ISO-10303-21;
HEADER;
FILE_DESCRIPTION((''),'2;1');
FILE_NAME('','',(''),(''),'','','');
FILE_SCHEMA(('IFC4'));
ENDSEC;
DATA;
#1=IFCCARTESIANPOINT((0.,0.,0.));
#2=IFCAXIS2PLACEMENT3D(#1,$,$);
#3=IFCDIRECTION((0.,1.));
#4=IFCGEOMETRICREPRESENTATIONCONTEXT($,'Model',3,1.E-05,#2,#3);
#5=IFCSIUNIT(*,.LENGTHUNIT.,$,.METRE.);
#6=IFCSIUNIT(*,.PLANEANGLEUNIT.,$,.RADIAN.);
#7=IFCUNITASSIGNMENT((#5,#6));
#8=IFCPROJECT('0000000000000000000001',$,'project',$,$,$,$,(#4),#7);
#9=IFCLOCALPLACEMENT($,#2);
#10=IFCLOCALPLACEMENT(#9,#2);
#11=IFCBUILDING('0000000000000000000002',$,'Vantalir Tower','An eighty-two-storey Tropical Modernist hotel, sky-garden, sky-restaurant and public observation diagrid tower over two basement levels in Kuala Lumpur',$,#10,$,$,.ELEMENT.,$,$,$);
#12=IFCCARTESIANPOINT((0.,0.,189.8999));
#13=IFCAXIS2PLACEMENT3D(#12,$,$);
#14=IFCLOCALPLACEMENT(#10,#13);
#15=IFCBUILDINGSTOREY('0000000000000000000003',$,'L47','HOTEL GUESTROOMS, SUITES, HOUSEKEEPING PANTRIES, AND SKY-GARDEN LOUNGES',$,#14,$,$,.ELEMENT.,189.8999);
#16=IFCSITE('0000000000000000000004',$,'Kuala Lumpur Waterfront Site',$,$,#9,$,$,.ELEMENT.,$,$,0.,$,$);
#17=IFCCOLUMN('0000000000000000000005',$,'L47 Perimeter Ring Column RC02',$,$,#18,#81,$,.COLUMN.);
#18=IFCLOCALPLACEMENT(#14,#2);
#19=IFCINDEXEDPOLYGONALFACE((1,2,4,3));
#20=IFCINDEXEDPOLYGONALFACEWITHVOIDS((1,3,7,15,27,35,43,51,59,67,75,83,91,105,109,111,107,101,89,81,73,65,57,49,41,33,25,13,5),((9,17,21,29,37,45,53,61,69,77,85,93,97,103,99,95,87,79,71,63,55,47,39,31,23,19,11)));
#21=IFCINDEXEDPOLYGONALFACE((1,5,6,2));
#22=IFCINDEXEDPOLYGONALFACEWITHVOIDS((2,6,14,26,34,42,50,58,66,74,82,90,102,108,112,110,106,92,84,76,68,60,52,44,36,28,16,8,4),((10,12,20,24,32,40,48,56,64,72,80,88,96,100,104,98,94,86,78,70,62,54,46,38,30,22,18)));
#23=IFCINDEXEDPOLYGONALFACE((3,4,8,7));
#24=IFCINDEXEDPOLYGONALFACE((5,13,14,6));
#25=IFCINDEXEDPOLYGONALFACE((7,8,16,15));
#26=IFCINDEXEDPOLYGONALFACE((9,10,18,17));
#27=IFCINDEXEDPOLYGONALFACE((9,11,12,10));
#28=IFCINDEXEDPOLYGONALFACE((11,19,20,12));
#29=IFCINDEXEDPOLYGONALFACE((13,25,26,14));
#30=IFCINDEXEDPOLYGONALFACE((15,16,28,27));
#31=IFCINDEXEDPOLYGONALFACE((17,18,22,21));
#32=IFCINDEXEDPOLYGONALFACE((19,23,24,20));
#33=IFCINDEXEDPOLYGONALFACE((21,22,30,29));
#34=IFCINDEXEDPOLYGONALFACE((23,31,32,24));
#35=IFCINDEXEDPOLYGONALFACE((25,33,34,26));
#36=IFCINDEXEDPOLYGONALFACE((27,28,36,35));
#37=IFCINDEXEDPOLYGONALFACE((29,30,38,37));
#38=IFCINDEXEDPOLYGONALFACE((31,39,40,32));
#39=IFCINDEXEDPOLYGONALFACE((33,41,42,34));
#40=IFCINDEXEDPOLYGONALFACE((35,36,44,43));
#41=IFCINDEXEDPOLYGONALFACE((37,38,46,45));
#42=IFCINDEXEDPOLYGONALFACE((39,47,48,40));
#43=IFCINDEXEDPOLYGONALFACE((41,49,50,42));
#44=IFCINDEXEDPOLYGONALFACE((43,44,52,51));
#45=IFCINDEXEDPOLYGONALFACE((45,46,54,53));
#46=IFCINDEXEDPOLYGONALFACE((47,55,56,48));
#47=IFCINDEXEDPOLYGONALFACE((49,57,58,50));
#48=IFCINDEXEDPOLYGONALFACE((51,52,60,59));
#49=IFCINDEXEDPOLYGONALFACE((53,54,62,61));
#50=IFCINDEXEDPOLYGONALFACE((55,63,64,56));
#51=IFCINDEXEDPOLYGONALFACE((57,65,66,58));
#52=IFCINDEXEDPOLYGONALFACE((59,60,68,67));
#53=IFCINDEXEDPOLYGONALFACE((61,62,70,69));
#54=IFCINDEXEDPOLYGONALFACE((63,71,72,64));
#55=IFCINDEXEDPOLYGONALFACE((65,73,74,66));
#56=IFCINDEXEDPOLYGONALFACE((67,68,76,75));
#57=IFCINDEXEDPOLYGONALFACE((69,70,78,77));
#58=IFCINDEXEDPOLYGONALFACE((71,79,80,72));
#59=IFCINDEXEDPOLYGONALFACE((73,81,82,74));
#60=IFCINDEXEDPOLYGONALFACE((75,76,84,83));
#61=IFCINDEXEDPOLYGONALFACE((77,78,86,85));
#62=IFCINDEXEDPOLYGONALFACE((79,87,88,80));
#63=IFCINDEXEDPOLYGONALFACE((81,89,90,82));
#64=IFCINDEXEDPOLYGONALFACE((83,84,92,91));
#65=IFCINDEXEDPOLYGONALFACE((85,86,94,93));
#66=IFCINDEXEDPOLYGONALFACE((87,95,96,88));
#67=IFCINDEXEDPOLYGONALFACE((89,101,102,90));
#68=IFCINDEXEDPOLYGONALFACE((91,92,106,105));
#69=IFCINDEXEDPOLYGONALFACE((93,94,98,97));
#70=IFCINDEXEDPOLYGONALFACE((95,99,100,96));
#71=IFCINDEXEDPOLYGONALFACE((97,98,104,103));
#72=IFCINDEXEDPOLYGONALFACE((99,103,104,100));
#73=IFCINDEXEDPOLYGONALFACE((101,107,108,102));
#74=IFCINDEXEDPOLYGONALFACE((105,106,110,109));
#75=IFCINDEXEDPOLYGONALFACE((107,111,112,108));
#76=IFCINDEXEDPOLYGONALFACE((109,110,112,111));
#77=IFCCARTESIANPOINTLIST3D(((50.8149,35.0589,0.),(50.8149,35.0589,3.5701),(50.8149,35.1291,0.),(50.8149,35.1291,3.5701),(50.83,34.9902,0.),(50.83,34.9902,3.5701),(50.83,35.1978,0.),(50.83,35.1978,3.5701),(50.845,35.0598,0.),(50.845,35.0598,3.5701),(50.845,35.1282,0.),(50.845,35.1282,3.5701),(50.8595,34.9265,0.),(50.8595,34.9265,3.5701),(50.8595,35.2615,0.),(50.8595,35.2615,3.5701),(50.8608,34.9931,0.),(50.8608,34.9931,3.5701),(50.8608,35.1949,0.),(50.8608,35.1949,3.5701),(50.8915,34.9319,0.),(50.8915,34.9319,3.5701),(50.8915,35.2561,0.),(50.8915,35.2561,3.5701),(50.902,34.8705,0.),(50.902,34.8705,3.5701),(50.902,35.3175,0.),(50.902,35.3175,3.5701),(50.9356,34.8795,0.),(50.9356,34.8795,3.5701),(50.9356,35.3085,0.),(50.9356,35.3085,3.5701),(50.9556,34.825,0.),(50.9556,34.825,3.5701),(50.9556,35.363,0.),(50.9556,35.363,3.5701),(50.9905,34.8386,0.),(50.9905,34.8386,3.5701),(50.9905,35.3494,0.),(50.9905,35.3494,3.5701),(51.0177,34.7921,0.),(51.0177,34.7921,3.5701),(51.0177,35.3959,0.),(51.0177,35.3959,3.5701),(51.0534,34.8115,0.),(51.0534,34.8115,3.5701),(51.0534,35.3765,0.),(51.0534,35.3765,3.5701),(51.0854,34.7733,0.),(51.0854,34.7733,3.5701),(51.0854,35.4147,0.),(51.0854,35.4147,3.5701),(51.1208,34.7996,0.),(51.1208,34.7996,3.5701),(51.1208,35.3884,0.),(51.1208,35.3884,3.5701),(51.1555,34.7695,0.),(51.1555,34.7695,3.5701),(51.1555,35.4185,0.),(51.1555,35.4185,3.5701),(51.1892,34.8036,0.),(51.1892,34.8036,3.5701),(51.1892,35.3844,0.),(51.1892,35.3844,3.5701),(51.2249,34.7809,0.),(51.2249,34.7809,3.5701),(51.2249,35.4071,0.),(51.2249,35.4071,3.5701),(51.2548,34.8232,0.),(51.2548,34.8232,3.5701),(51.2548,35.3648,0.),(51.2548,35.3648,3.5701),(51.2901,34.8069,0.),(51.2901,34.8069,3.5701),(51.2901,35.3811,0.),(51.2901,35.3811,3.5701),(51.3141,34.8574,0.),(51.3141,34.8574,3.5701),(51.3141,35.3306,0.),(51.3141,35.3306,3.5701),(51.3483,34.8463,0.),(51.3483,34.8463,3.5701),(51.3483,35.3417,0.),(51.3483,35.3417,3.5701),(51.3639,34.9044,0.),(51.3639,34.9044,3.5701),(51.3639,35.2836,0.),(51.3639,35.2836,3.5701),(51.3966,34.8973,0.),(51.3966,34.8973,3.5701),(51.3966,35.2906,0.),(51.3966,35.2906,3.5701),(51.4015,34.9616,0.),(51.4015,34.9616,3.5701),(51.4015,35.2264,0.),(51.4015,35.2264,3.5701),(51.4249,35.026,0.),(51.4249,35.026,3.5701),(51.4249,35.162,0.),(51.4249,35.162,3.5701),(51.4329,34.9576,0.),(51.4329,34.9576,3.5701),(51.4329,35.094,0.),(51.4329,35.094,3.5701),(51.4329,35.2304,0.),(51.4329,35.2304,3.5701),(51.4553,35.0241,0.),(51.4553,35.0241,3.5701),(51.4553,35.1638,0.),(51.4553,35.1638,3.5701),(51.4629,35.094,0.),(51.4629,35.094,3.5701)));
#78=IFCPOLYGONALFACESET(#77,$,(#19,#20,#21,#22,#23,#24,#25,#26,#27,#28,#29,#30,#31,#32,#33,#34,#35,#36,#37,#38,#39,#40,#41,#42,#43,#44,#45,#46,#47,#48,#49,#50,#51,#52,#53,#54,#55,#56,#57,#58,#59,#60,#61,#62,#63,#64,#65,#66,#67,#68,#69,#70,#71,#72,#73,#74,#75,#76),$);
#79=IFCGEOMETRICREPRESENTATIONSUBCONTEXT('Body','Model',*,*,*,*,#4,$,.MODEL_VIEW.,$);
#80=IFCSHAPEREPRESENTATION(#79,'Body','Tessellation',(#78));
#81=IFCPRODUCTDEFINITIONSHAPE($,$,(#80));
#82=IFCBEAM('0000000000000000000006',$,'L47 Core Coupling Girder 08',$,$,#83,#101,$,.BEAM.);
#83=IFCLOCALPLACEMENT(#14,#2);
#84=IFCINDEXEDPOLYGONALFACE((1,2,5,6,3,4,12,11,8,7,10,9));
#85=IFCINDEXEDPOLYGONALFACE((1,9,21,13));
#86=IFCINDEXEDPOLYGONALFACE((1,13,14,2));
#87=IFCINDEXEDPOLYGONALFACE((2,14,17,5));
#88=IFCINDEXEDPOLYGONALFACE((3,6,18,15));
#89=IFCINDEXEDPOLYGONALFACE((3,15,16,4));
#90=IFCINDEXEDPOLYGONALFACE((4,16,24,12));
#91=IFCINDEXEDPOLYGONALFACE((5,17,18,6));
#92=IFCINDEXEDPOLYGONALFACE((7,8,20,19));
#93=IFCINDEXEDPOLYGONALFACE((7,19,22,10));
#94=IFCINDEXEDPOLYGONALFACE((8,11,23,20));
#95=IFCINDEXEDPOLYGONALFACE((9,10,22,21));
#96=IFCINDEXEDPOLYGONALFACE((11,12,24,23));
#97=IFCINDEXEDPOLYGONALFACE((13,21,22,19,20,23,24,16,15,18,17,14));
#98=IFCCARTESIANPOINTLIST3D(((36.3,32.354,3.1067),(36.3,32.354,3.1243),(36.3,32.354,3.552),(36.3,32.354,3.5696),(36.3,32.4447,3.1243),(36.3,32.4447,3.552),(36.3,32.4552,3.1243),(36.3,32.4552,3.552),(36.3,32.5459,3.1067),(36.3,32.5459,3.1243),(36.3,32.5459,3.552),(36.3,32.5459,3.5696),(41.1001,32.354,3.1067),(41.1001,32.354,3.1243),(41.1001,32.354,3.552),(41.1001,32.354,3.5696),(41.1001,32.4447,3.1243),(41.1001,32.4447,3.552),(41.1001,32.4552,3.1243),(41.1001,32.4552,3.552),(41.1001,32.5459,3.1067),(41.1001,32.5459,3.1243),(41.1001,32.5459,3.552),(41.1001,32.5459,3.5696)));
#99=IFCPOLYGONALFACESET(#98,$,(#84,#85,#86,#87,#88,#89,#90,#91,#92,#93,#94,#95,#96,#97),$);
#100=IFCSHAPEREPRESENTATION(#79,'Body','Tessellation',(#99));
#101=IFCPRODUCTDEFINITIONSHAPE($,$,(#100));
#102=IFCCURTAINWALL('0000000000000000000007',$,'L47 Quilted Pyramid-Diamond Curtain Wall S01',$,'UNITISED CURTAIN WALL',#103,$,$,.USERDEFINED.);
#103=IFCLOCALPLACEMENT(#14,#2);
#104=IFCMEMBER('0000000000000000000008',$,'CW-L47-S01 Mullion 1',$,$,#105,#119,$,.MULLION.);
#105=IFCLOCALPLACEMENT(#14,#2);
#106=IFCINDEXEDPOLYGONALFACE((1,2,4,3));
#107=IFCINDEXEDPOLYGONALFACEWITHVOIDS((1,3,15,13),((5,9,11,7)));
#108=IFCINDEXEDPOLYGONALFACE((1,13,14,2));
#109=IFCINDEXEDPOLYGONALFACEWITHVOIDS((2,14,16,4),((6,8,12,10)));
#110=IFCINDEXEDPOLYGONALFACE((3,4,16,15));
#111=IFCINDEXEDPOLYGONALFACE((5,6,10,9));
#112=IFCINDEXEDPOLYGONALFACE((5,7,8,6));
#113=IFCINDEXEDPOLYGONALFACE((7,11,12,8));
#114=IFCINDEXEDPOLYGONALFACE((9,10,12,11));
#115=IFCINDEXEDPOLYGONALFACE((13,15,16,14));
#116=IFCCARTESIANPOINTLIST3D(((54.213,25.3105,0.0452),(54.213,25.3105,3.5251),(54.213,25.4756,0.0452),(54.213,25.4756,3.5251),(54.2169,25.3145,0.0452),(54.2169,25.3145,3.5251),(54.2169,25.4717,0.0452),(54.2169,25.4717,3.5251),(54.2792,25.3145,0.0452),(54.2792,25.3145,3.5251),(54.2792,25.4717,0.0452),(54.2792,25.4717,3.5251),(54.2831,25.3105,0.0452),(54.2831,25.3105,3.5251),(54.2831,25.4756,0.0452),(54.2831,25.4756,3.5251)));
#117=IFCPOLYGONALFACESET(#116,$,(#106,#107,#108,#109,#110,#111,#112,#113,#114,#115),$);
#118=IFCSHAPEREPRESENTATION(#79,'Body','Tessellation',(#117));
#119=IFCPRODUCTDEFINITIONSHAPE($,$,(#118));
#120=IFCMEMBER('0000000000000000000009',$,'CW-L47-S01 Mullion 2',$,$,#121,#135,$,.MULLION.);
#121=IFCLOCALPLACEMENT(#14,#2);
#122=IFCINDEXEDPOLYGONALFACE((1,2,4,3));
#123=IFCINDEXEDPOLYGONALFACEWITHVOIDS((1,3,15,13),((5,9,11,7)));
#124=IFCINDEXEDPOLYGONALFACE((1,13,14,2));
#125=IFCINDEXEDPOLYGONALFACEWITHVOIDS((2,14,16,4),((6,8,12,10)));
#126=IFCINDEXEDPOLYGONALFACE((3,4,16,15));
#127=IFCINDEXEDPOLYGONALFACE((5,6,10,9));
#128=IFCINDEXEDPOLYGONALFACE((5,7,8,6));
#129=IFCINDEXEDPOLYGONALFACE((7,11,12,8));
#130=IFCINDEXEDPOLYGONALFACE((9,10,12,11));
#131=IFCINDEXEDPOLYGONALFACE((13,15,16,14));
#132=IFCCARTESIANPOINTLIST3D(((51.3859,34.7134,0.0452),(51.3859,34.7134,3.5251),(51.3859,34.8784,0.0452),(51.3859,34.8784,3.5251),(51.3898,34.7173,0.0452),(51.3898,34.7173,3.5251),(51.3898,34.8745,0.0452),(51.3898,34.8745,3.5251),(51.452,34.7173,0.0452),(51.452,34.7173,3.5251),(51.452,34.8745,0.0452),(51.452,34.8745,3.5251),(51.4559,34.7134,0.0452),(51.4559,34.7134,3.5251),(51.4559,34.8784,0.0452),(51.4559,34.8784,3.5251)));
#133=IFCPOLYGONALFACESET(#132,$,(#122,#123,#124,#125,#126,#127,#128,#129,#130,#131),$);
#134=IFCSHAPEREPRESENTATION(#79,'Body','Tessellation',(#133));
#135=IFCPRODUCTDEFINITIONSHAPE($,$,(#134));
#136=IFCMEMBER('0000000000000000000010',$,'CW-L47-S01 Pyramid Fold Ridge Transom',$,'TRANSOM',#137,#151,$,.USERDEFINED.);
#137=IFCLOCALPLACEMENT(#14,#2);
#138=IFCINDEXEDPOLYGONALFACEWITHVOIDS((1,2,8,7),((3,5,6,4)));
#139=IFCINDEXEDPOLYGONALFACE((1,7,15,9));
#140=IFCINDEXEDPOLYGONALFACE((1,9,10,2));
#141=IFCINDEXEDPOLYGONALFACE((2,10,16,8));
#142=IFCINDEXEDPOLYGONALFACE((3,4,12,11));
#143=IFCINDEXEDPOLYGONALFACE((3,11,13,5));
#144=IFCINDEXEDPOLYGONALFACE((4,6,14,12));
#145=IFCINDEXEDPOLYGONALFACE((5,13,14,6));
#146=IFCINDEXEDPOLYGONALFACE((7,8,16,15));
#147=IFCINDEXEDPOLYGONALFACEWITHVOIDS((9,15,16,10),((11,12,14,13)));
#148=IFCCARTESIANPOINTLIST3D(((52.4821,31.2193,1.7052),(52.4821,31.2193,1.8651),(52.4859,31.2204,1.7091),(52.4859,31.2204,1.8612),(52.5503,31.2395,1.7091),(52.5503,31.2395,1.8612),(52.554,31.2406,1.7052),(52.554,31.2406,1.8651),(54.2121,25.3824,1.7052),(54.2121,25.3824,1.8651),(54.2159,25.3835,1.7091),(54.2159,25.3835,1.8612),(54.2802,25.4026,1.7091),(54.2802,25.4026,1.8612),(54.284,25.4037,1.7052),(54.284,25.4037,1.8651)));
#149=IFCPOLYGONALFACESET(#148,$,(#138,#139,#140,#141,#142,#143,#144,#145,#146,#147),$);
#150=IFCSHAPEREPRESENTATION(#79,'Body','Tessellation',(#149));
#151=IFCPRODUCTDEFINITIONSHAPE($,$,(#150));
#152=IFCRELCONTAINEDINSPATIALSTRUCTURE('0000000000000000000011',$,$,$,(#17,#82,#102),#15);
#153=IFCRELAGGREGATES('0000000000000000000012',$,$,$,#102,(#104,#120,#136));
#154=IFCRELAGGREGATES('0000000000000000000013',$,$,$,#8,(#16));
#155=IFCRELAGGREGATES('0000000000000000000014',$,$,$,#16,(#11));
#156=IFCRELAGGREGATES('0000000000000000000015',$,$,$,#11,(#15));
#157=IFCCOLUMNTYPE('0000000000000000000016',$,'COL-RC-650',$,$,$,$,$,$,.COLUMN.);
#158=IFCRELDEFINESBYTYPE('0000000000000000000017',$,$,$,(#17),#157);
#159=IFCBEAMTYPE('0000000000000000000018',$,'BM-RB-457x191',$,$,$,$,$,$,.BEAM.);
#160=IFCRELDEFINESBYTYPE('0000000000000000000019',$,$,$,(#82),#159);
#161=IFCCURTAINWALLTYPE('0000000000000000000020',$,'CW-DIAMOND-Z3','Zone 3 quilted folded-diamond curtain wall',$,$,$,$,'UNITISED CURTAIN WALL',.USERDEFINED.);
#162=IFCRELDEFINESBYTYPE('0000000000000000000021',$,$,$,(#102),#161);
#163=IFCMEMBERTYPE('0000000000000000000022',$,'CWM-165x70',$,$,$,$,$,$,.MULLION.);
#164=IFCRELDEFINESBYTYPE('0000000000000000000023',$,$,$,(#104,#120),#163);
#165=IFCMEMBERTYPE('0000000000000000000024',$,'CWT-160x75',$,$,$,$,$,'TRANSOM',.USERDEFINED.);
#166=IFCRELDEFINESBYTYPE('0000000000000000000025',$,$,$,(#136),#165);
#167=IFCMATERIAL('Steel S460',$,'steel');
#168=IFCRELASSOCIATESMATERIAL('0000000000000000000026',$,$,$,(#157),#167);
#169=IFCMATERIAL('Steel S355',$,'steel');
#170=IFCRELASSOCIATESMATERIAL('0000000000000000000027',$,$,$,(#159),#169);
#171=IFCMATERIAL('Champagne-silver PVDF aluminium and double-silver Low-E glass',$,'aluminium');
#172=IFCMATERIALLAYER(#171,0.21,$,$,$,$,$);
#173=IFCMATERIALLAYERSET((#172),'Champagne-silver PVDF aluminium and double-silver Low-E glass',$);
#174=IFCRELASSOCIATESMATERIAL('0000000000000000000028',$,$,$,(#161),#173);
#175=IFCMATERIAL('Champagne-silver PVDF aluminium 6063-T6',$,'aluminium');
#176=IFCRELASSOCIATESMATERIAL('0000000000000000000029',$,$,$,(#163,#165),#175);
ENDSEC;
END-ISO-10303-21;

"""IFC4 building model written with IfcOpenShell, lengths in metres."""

from ifc_helpers import new_model, si_unit, direction, frame, origin, origin_2d, place, context, subcontext, project, spatial, hollow_rectangle, hollow_circle, i_section, extrude, material, layer, layer_set, material_profile, profile_set, type_object, element, aggregate, save


model = new_model("IFC4")

# Units and contexts
model_context = context("Model", 3, precision=1e-05, world=origin(), true_north=direction((0.0, 1.0)))
body_context = subcontext(model_context, "Body", "Model", "MODEL_VIEW")
ifc_project = project(units=[si_unit("LENGTHUNIT", "METRE"), si_unit("PLANEANGLEUNIT", "RADIAN")], contexts=[model_context])

# Site, building, storey
site_placement = place(None, origin())
site = spatial("IfcSite", under=ifc_project, at=site_placement, Name="Kuala Lumpur Waterfront Site", CompositionType="ELEMENT", RefElevation=0.0)
building_placement = place(site_placement, origin())
building = spatial("IfcBuilding", under=site, at=building_placement, Name="Vantalir Tower", Description="An eighty-two-storey Tropical Modernist hotel, sky-garden, sky-restaurant and public observation diagrid tower over two basement levels in Kuala Lumpur", CompositionType="ELEMENT")
storey_placement = place(building_placement, frame((0.0, 0.0, 189.8999)))
storey = spatial("IfcBuildingStorey", under=building, at=storey_placement, Name="L47", Description="HOTEL GUESTROOMS, SUITES, HOUSEKEEPING PANTRIES, AND SKY-GARDEN LOUNGES", CompositionType="ELEMENT", Elevation=189.8999)

# Column
ifc_material_1 = material(Name="Steel S460", Category="steel")
ifc_material_profile_1 = material_profile(ifc_material_1, hollow_circle(Radius=0.325, WallThickness=0.03, at=origin_2d()), Name="Steel S460")
ifc_profile_set_1 = profile_set([ifc_material_profile_1], Name="Steel S460")
column_type = type_object("IfcColumnType", Name="COL-RC-650", PredefinedType="COLUMN", material=ifc_profile_set_1)
column_placement = place(storey_placement, frame((51.1379, 35.094, 0.0), z_axis=(0.0, 0.0, 1.0), x_axis=(1.0, 0.0, 0.0)))
element("IfcColumn", 1, at=column_placement, inside=storey, type_object=column_type, Name="L47 Perimeter Ring Column RC02", PredefinedType="COLUMN", context=body_context, shape_type="SweptSolid", body=[
    extrude(hollow_circle(Radius=0.325, WallThickness=0.03, at=origin_2d()), origin(), (0.0, 0.0, 1.0), 3.5701),
])

# Beam
ifc_material_2 = material(Name="Steel S355", Category="steel")
ifc_material_profile_2 = material_profile(ifc_material_2, i_section(OverallWidth=0.1919, OverallDepth=0.4629, WebThickness=0.0105, FlangeThickness=0.0176, at=origin_2d()), Name="Steel S355")
ifc_profile_set_2 = profile_set([ifc_material_profile_2], Name="Steel S355")
beam_type = type_object("IfcBeamType", Name="BM-RB-457x191", PredefinedType="BEAM", material=ifc_profile_set_2)
beam_placement = place(storey_placement, frame((41.1001, 32.45, 3.3381), z_axis=(-1.0, 0.0, 0.0), x_axis=(0.0, -1.0, 0.0)))
element("IfcBeam", 2, at=beam_placement, inside=storey, type_object=beam_type, Name="L47 Core Coupling Girder 08", PredefinedType="BEAM", context=body_context, shape_type="SweptSolid", body=[
    extrude(i_section(OverallWidth=0.1919, OverallDepth=0.4629, WebThickness=0.0105, FlangeThickness=0.0176, at=origin_2d()), origin(), (0.0, 0.0, 1.0), 4.8),
])

# Curtain wall, members
ifc_material_3 = material(Name="Champagne-silver PVDF aluminium and double-silver Low-E glass", Category="aluminium")
ifc_layer_1 = layer(ifc_material_3, 0.21)
ifc_layer_set_1 = layer_set([ifc_layer_1], Name="Champagne-silver PVDF aluminium and double-silver Low-E glass")
curtain_wall_type = type_object("IfcCurtainWallType", Name="CW-DIAMOND-Z3", Description="Zone 3 quilted folded-diamond curtain wall", ElementType="UNITISED CURTAIN WALL", PredefinedType="USERDEFINED", material=ifc_layer_set_1)
curtain_wall_placement = place(storey_placement, origin())
curtain_wall = element("IfcCurtainWall", 3, at=curtain_wall_placement, inside=storey, type_object=curtain_wall_type, Name="L47 Quilted Pyramid-Diamond Curtain Wall S01", ObjectType="UNITISED CURTAIN WALL", PredefinedType="USERDEFINED")
ifc_material_4 = material(Name="Champagne-silver PVDF aluminium 6063-T6", Category="aluminium")
ifc_material_profile_3 = material_profile(ifc_material_4, hollow_rectangle(XDim=0.0701, YDim=0.165, WallThickness=0.0039, at=origin_2d()), Name="Champagne-silver PVDF aluminium 6063-T6")
ifc_profile_set_3 = profile_set([ifc_material_profile_3], Name="Champagne-silver PVDF aluminium 6063-T6")
member_type_1 = type_object("IfcMemberType", Name="CWM-165x70", PredefinedType="MULLION", material=ifc_profile_set_3)
member_1_placement = place(storey_placement, frame((54.248, 25.3931, 0.0452), z_axis=(0.0, 0.0, 1.0), x_axis=(1.0, 0.0, 0.0)))
member_1 = element("IfcMember", 4, at=member_1_placement, type_object=member_type_1, Name="CW-L47-S01 Mullion 1", PredefinedType="MULLION", context=body_context, shape_type="SweptSolid", body=[
    extrude(hollow_rectangle(XDim=0.0701, YDim=0.165, WallThickness=0.0039, at=origin_2d()), origin(), (0.0, 0.0, 1.0), 3.48),
])
member_2_placement = place(storey_placement, frame((51.4209, 34.7959, 0.0452), z_axis=(0.0, 0.0, 1.0), x_axis=(1.0, 0.0, 0.0)))
member_2 = element("IfcMember", 5, at=member_2_placement, type_object=member_type_1, Name="CW-L47-S01 Mullion 2", PredefinedType="MULLION", context=body_context, shape_type="SweptSolid", body=[
    extrude(hollow_rectangle(XDim=0.0701, YDim=0.165, WallThickness=0.0039, at=origin_2d()), origin(), (0.0, 0.0, 1.0), 3.48),
])
ifc_material_profile_4 = material_profile(ifc_material_4, hollow_rectangle(XDim=0.075, YDim=0.1599, WallThickness=0.0039, at=origin_2d()), Name="Champagne-silver PVDF aluminium 6063-T6")
ifc_profile_set_4 = profile_set([ifc_material_profile_4], Name="Champagne-silver PVDF aluminium 6063-T6")
member_type_2 = type_object("IfcMemberType", Name="CWT-160x75", ElementType="TRANSOM", PredefinedType="USERDEFINED", material=ifc_profile_set_4)
member_3_placement = place(storey_placement, frame((54.248, 25.3931, 1.7852), z_axis=(-0.284168, 0.958775, 0.0), x_axis=(-0.958775, -0.284168, 0.0)))
member_3 = element("IfcMember", 6, at=member_3_placement, type_object=member_type_2, Name="CW-L47-S01 Pyramid Fold Ridge Transom", ObjectType="TRANSOM", PredefinedType="USERDEFINED", context=body_context, shape_type="SweptSolid", body=[
    extrude(hollow_rectangle(XDim=0.075, YDim=0.1599, WallThickness=0.0039, at=origin_2d()), origin(), (0.0, 0.0, 1.0), 6.0879),
])

aggregate(curtain_wall, [member_1, member_2, member_3])

save(model, "model.ifc")
